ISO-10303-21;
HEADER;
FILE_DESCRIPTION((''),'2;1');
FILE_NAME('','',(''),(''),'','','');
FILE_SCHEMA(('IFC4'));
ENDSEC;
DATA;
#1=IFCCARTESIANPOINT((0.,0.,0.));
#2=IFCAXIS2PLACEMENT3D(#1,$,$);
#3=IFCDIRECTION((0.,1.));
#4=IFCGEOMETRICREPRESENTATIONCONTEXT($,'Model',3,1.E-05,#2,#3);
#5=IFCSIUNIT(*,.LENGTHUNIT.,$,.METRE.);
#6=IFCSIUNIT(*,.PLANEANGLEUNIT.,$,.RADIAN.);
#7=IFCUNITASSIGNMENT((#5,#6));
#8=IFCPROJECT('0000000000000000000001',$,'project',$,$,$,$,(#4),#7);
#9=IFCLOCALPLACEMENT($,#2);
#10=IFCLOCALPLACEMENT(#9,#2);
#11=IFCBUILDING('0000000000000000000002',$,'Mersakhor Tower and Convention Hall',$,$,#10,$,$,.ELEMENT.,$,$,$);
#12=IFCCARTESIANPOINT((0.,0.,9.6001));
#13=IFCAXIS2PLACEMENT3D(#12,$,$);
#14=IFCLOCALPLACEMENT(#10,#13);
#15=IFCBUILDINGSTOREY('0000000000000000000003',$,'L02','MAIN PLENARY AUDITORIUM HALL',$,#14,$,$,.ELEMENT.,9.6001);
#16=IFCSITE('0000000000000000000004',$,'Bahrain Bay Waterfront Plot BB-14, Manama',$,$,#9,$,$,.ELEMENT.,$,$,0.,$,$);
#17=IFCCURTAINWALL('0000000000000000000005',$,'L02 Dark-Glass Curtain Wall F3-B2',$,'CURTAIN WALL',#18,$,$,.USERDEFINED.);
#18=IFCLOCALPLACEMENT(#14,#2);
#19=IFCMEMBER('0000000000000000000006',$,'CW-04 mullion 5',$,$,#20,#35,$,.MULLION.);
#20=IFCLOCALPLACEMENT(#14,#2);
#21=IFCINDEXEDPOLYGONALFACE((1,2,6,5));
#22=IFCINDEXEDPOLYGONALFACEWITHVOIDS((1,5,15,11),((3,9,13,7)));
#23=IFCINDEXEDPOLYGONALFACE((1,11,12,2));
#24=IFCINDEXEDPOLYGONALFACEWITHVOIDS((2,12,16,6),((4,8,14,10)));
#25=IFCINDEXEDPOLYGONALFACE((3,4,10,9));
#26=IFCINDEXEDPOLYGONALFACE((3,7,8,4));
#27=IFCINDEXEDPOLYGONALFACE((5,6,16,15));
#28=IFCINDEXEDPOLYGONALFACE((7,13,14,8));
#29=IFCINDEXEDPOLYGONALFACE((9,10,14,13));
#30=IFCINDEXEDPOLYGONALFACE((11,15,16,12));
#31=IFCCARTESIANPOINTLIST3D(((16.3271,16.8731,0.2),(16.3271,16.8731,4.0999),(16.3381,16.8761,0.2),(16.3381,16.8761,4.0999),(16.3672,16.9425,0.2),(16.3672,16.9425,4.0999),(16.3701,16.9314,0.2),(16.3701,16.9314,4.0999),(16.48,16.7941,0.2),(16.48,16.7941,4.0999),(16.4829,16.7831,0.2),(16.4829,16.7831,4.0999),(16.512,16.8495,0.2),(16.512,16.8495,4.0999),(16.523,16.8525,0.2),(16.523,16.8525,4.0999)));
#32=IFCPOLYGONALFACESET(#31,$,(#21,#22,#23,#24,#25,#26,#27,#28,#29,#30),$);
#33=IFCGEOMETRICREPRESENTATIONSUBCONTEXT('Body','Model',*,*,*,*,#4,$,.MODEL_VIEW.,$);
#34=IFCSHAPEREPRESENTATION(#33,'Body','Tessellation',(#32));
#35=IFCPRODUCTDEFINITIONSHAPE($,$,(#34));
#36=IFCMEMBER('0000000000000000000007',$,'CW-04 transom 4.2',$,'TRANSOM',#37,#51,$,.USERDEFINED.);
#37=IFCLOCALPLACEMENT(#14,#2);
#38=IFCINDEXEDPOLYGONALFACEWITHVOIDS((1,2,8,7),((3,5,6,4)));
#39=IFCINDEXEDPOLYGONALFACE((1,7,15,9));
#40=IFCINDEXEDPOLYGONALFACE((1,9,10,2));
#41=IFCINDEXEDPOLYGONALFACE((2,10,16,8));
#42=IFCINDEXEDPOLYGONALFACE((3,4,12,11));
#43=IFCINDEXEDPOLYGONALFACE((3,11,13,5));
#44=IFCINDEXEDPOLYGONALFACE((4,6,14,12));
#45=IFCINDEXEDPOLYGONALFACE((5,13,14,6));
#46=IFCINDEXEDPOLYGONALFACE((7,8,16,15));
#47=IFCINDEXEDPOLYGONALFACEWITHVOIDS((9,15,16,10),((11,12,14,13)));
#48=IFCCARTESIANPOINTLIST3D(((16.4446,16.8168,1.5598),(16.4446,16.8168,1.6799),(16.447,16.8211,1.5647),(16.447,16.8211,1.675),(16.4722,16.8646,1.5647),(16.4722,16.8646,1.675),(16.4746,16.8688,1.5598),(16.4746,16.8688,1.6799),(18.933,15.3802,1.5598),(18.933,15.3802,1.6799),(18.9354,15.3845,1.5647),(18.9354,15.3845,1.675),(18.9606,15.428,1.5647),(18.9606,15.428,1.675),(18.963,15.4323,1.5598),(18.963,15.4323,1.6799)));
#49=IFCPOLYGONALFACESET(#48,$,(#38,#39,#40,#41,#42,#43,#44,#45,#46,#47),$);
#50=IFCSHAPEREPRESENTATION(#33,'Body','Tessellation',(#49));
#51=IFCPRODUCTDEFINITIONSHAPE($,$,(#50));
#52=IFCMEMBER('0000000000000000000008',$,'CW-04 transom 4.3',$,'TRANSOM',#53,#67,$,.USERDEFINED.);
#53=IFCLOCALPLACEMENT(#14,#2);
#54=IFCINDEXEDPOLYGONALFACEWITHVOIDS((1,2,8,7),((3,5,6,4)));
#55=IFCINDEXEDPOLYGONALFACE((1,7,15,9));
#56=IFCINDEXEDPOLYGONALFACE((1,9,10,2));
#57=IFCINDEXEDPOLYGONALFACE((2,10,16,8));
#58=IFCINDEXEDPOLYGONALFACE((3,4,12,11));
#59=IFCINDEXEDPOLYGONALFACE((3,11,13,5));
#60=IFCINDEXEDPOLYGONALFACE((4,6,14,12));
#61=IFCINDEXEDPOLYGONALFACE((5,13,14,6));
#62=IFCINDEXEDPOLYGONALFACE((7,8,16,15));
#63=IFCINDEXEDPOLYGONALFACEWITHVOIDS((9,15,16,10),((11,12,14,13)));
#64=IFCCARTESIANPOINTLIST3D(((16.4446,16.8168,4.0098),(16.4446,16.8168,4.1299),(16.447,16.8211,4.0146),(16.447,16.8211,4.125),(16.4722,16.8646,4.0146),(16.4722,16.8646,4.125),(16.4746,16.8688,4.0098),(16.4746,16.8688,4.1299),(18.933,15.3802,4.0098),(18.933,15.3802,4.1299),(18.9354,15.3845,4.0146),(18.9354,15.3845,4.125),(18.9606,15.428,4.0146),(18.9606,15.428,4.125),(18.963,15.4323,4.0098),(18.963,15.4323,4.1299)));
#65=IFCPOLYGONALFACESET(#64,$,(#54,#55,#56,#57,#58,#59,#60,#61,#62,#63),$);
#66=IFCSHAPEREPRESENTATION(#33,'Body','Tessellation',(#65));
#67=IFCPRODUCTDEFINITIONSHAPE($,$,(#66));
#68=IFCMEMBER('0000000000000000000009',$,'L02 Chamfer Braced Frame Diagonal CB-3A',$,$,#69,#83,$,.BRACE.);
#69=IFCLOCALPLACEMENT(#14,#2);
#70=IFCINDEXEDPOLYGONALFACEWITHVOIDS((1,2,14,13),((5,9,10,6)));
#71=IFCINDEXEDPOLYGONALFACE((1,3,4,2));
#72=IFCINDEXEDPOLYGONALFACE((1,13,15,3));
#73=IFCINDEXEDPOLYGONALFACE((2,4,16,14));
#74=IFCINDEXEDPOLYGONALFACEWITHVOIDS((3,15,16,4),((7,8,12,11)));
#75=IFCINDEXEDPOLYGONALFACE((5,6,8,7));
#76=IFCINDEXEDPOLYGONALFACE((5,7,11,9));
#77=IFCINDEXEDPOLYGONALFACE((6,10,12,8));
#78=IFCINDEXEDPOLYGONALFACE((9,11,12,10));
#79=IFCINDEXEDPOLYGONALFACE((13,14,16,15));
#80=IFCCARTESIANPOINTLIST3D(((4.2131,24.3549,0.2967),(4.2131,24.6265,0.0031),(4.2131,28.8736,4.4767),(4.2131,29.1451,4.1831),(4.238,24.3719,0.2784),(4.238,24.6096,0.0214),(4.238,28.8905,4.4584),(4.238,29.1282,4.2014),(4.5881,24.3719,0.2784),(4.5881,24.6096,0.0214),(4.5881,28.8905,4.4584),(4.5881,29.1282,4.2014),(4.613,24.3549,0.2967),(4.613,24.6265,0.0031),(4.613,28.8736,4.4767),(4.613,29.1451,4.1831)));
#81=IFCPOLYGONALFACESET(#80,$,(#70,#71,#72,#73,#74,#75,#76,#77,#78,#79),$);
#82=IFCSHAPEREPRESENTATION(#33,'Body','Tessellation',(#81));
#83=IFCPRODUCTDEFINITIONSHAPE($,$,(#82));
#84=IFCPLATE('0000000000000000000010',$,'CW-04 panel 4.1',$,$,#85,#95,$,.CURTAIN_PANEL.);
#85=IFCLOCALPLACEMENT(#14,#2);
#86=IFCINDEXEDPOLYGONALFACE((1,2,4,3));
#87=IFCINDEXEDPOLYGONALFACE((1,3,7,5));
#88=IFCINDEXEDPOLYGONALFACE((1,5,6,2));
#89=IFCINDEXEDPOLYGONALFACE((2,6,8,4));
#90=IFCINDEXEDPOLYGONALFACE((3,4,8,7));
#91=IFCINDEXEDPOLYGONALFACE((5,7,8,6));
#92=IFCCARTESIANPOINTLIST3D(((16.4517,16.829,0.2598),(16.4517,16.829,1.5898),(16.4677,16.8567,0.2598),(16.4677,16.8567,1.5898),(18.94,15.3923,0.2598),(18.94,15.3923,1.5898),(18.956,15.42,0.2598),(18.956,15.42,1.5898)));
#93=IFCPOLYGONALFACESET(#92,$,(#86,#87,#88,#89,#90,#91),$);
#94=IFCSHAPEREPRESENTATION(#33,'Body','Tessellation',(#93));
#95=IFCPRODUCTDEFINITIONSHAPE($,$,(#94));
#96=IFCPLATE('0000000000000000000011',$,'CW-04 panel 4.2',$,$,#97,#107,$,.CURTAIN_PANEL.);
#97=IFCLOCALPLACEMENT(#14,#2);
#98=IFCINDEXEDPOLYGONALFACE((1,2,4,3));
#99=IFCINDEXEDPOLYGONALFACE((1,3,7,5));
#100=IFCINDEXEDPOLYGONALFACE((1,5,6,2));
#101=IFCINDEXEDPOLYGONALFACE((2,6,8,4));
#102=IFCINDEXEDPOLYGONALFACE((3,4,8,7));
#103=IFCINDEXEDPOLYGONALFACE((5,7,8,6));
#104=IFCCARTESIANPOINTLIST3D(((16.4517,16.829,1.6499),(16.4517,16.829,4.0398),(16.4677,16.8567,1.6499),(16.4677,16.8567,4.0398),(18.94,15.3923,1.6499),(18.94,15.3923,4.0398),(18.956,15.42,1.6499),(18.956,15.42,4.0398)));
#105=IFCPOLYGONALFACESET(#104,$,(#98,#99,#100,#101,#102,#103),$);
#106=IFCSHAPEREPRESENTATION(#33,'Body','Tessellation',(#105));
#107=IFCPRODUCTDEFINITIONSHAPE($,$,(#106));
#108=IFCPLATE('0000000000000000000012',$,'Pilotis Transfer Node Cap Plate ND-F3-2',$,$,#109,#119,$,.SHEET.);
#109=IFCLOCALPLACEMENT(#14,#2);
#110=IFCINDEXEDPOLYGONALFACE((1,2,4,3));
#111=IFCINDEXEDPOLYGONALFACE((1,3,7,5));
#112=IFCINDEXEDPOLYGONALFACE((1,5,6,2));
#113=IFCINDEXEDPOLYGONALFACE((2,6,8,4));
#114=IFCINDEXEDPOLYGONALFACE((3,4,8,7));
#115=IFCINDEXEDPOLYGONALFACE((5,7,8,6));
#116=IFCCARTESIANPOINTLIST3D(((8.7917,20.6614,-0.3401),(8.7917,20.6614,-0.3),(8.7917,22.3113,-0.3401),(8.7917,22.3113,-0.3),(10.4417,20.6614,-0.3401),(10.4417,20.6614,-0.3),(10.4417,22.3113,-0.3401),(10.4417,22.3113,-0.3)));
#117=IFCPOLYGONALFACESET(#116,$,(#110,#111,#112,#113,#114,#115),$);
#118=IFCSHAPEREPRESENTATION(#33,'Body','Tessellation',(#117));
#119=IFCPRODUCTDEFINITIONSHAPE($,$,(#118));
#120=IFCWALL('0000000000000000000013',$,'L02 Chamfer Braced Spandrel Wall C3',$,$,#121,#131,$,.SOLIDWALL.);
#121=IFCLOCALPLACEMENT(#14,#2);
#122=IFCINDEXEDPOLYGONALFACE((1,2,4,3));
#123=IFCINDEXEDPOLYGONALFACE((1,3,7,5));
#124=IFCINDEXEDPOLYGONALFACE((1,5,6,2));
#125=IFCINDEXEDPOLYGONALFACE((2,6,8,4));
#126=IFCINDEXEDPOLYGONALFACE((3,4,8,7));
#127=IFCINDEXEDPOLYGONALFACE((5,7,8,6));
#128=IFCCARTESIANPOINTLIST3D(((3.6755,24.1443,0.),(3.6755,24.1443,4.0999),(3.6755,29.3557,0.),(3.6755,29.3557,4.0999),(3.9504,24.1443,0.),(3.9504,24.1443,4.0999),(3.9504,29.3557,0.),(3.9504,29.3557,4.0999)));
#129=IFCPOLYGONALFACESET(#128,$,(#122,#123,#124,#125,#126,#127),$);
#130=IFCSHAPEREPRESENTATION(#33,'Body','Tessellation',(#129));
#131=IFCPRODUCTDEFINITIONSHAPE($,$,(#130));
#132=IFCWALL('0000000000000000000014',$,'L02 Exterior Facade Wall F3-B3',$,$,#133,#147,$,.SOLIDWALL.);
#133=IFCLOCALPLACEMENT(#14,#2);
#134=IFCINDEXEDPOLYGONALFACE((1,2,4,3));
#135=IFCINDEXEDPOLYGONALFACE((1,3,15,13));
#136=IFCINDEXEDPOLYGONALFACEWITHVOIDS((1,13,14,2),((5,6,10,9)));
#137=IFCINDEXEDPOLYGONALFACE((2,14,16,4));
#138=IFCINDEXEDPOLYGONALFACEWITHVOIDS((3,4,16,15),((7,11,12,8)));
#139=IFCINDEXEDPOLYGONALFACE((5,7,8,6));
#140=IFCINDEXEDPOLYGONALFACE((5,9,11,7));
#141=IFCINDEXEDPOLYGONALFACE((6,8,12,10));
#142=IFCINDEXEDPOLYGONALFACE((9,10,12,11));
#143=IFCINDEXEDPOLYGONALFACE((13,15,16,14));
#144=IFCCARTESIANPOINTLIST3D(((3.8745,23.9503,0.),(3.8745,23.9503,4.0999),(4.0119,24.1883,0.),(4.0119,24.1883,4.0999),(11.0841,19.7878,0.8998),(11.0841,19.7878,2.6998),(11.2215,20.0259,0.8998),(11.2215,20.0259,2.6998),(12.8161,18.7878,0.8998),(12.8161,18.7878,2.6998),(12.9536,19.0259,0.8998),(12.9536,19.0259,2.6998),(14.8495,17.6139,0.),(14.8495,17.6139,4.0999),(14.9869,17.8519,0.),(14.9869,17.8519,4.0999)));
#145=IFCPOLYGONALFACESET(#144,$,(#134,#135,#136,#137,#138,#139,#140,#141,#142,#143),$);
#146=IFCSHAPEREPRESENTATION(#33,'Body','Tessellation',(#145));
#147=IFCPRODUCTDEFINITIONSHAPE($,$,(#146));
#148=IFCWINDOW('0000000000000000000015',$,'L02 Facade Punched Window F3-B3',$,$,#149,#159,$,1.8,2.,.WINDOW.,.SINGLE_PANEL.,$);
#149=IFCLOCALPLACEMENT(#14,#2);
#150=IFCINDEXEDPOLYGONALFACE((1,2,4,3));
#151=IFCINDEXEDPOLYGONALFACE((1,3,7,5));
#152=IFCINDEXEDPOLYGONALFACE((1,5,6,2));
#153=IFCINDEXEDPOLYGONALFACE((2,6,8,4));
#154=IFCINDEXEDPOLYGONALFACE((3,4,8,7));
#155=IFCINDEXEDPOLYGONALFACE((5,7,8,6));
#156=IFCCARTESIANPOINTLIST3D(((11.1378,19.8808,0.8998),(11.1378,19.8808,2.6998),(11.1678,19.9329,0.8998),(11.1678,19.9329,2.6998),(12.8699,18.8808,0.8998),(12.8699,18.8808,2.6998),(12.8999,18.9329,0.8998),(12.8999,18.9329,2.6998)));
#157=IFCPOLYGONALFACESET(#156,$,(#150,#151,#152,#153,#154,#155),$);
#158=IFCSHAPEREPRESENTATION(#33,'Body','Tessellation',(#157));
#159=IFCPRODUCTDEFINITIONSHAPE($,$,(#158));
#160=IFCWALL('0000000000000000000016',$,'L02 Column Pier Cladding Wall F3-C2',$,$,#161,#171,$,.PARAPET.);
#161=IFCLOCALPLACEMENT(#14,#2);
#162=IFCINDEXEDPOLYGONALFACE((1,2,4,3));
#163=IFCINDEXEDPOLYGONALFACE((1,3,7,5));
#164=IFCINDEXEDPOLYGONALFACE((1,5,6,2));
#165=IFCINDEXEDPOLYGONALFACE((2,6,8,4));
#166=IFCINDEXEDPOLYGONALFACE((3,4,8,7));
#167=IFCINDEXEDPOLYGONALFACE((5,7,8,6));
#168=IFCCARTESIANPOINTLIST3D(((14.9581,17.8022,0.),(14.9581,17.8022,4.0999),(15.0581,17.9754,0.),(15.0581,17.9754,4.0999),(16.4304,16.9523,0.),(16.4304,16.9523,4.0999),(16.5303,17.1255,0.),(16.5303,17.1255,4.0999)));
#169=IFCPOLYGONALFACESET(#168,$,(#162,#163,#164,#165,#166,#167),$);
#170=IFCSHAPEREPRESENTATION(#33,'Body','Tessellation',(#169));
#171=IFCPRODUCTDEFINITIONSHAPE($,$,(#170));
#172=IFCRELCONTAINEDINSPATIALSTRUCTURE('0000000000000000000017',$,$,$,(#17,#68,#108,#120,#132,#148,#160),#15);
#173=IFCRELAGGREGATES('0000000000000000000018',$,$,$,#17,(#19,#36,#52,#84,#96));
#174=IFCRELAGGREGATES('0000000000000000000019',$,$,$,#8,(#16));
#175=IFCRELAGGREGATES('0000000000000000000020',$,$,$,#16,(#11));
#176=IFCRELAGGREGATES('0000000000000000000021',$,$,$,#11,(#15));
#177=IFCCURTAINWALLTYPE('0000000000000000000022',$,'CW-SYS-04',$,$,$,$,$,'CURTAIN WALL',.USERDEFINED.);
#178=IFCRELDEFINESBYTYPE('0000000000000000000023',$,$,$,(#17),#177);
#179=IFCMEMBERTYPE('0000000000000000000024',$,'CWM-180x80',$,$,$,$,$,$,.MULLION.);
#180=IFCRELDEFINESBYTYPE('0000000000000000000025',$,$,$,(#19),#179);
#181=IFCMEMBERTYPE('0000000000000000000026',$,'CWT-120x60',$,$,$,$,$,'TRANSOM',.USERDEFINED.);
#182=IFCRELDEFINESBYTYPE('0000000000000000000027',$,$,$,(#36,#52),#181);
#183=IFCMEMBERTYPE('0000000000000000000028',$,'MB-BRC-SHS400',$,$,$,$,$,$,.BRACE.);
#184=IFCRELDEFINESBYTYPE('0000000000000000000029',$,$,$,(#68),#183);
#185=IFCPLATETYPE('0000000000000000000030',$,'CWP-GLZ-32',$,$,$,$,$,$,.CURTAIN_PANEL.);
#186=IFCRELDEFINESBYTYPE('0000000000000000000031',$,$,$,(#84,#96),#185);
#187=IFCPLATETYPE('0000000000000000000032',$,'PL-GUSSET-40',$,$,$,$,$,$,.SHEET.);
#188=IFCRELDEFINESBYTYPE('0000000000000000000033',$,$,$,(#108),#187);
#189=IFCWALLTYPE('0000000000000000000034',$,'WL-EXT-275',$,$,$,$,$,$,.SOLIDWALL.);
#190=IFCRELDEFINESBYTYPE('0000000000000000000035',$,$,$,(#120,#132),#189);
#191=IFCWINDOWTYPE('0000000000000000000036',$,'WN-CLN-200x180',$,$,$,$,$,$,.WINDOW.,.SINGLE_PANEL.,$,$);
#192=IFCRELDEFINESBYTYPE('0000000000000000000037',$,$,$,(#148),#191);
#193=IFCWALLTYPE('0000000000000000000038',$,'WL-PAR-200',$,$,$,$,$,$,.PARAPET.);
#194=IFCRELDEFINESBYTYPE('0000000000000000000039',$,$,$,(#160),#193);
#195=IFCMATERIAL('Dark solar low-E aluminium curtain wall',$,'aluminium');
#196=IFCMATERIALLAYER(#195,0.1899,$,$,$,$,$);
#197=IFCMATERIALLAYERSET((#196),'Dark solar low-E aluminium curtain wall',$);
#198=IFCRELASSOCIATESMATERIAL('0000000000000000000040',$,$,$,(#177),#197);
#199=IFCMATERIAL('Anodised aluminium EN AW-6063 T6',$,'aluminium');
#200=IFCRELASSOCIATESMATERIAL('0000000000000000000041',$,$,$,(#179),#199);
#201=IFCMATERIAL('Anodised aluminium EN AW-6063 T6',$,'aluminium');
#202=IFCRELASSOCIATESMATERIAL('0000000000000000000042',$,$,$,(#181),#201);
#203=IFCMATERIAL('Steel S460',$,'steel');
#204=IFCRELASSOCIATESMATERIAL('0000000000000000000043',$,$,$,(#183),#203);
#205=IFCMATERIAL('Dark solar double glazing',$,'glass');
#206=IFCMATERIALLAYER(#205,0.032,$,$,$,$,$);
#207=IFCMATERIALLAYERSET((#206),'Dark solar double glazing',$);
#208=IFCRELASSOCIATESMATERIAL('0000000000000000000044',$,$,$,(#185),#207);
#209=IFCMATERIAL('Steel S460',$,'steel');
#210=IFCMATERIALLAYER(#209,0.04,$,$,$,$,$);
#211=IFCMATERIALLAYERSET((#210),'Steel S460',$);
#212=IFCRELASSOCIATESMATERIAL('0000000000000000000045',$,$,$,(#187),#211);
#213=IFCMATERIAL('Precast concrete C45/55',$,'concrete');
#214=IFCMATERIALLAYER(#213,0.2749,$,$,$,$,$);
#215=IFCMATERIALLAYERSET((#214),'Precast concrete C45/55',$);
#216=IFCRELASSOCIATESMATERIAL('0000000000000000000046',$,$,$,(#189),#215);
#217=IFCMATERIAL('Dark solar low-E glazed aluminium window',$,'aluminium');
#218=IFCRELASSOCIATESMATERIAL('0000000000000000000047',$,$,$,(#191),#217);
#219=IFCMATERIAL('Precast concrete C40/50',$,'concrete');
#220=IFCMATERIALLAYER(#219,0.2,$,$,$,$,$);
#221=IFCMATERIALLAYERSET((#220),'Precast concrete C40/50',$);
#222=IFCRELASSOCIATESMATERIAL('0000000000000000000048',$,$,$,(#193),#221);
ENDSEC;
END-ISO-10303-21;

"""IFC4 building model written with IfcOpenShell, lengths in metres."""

from ifc_helpers import new_model, si_unit, direction, frame, frame_2d, origin, origin_2d, place, context, subcontext, project, spatial, rectangle, hollow_rectangle, extrude, material, layer, layer_set, material_profile, profile_set, type_object, element, fill, aggregate, save


model = new_model("IFC4")

# Units and contexts
model_context = context("Model", 3, precision=1e-05, world=origin(), true_north=direction((0.0, 1.0)))
body_context = subcontext(model_context, "Body", "Model", "MODEL_VIEW")
ifc_project = project(units=[si_unit("LENGTHUNIT", "METRE"), si_unit("PLANEANGLEUNIT", "RADIAN")], contexts=[model_context])

# Site, building, storey
site_placement = place(None, origin())
site = spatial("IfcSite", under=ifc_project, at=site_placement, Name="Bahrain Bay Waterfront Plot BB-14, Manama", CompositionType="ELEMENT", RefElevation=0.0)
building_placement = place(site_placement, origin())
building = spatial("IfcBuilding", under=site, at=building_placement, Name="Mersakhor Tower and Convention Hall", CompositionType="ELEMENT")
storey_placement = place(building_placement, frame((0.0, 0.0, 9.6001)))
storey = spatial("IfcBuildingStorey", under=building, at=storey_placement, Name="L02", Description="MAIN PLENARY AUDITORIUM HALL", CompositionType="ELEMENT", Elevation=9.6001)

# Curtain wall, members
ifc_material_1 = material(Name="Dark solar low-E aluminium curtain wall", Category="aluminium")
ifc_layer_1 = layer(ifc_material_1, 0.1899)
ifc_layer_set_1 = layer_set([ifc_layer_1], Name="Dark solar low-E aluminium curtain wall")
curtain_wall_type = type_object("IfcCurtainWallType", Name="CW-SYS-04", ElementType="CURTAIN WALL", PredefinedType="USERDEFINED", material=ifc_layer_set_1)
curtain_wall_placement = place(storey_placement, origin())
curtain_wall = element("IfcCurtainWall", 1, at=curtain_wall_placement, inside=storey, type_object=curtain_wall_type, Name="L02 Dark-Glass Curtain Wall F3-B2", ObjectType="CURTAIN WALL", PredefinedType="USERDEFINED")
ifc_material_2 = material(Name="Anodised aluminium EN AW-6063 T6", Category="aluminium")
ifc_material_profile_1 = material_profile(ifc_material_2, hollow_rectangle(XDim=0.0801, YDim=0.1799, WallThickness=0.0081, at=origin_2d()), Name="RHS 180x80x8")
ifc_profile_set_1 = profile_set([ifc_material_profile_1], Name="Anodised aluminium EN AW-6063 T6")
member_type_1 = type_object("IfcMemberType", Name="CWM-180x80", PredefinedType="MULLION", material=ifc_profile_set_1)
member_1_placement = place(storey_placement, frame((16.425, 16.8628, 0.2), z_axis=(0.0, 0.0, 1.0), x_axis=(-0.500003, -0.866023, 0.0)))
member_1 = element("IfcMember", 2, at=member_1_placement, type_object=member_type_1, Name="CW-04 mullion 5", PredefinedType="MULLION", context=body_context, shape_type="SweptSolid", body=[
    extrude(hollow_rectangle(XDim=0.0801, YDim=0.1799, WallThickness=0.0081, at=origin_2d()), origin(), (0.0, 0.0, 1.0), 3.8999),
])
ifc_material_3 = material(Name="Anodised aluminium EN AW-6063 T6", Category="aluminium")
ifc_material_profile_2 = material_profile(ifc_material_3, hollow_rectangle(XDim=0.0601, YDim=0.1201, WallThickness=0.0049, at=origin_2d()), Name="RHS 120x60x5")
ifc_profile_set_2 = profile_set([ifc_material_profile_2], Name="Anodised aluminium EN AW-6063 T6")
member_type_2 = type_object("IfcMemberType", Name="CWT-120x60", ElementType="TRANSOM", PredefinedType="USERDEFINED", material=ifc_profile_set_2)
member_2_placement = place(storey_placement, frame((18.948, 15.4062, 1.6199), z_axis=(-0.866038, 0.499977, 0.0), x_axis=(-0.499977, -0.866038, 0.0)))
member_2 = element("IfcMember", 3, at=member_2_placement, type_object=member_type_2, Name="CW-04 transom 4.2", ObjectType="TRANSOM", PredefinedType="USERDEFINED", context=body_context, shape_type="SweptSolid", body=[
    extrude(hollow_rectangle(XDim=0.0601, YDim=0.1201, WallThickness=0.0049, at=origin_2d()), origin(), (0.0, 0.0, 1.0), 2.8733),
])
member_3_placement = place(storey_placement, frame((18.948, 15.4062, 4.0698), z_axis=(-0.866038, 0.499977, 0.0), x_axis=(-0.499977, -0.866038, 0.0)))
member_3 = element("IfcMember", 4, at=member_3_placement, type_object=member_type_2, Name="CW-04 transom 4.3", ObjectType="TRANSOM", PredefinedType="USERDEFINED", context=body_context, shape_type="SweptSolid", body=[
    extrude(hollow_rectangle(XDim=0.0601, YDim=0.1201, WallThickness=0.0049, at=origin_2d()), origin(), (0.0, 0.0, 1.0), 2.8733),
])

# Member
ifc_material_4 = material(Name="Steel S460", Category="steel")
ifc_material_profile_3 = material_profile(ifc_material_4, hollow_rectangle(XDim=0.3999, YDim=0.3999, WallThickness=0.0249, at=origin_2d()), Name="SHS 400x400x25")
ifc_profile_set_3 = profile_set([ifc_material_profile_3], Name="Steel S460")
member_type_3 = type_object("IfcMemberType", Name="MB-BRC-SHS400", PredefinedType="BRACE", material=ifc_profile_set_3)
member_4_placement = place(storey_placement, frame((4.4131, 24.4907, 0.1499), z_axis=(0.0, 0.734078, 0.679065), x_axis=(-1.0, 0.0, 0.0)))
element("IfcMember", 5, at=member_4_placement, inside=storey, type_object=member_type_3, Name="L02 Chamfer Braced Frame Diagonal CB-3A", PredefinedType="BRACE", context=body_context, shape_type="SweptSolid", body=[
    extrude(hollow_rectangle(XDim=0.3999, YDim=0.3999, WallThickness=0.0249, at=origin_2d()), origin(), (0.0, 0.0, 1.0), 6.1555),
])

# Plates
ifc_material_5 = material(Name="Dark solar double glazing", Category="glass")
ifc_layer_2 = layer(ifc_material_5, 0.032)
ifc_layer_set_2 = layer_set([ifc_layer_2], Name="Dark solar double glazing")
plate_type_1 = type_object("IfcPlateType", Name="CWP-GLZ-32", PredefinedType="CURTAIN_PANEL", material=ifc_layer_set_2)
plate_1_placement = place(storey_placement, frame((17.7039, 16.1245, 0.2598), z_axis=(0.0, 0.0, 1.0), x_axis=(-0.866023, 0.500003, 0.0)))
plate_1 = element("IfcPlate", 6, at=plate_1_placement, type_object=plate_type_1, Name="CW-04 panel 4.1", PredefinedType="CURTAIN_PANEL", context=body_context, shape_type="SweptSolid", body=[
    extrude(rectangle(XDim=2.8733, YDim=0.032, at=origin_2d()), origin(), (0.0, 0.0, 1.0), 1.3301),
])
plate_2_placement = place(storey_placement, frame((17.7039, 16.1245, 1.6499), z_axis=(0.0, 0.0, 1.0), x_axis=(-0.866023, 0.500003, 0.0)))
plate_2 = element("IfcPlate", 7, at=plate_2_placement, type_object=plate_type_1, Name="CW-04 panel 4.2", PredefinedType="CURTAIN_PANEL", context=body_context, shape_type="SweptSolid", body=[
    extrude(rectangle(XDim=2.8733, YDim=0.032, at=origin_2d()), origin(), (0.0, 0.0, 1.0), 2.3899),
])
aggregate(curtain_wall, [member_1, member_2, member_3, plate_1, plate_2])
ifc_material_6 = material(Name="Steel S460", Category="steel")
ifc_layer_3 = layer(ifc_material_6, 0.04)
ifc_layer_set_3 = layer_set([ifc_layer_3], Name="Steel S460")
plate_type_2 = type_object("IfcPlateType", Name="PL-GUSSET-40", PredefinedType="SHEET", material=ifc_layer_set_3)
plate_3_placement = place(storey_placement, frame((9.6167, 21.4863, -0.3401), z_axis=(0.0, 0.0, 1.0), x_axis=(1.0, 0.0, 0.0)))
element("IfcPlate", 8, at=plate_3_placement, inside=storey, type_object=plate_type_2, Name="Pilotis Transfer Node Cap Plate ND-F3-2", PredefinedType="SHEET", context=body_context, shape_type="SweptSolid", body=[
    extrude(rectangle(XDim=1.6499, YDim=1.6499, at=origin_2d()), origin(), (0.0, 0.0, 1.0), 0.04),
])

# Wall
ifc_material_7 = material(Name="Precast concrete C45/55", Category="concrete")
ifc_layer_4 = layer(ifc_material_7, 0.2749)
ifc_layer_set_4 = layer_set([ifc_layer_4], Name="Precast concrete C45/55")
wall_type_1 = type_object("IfcWallType", Name="WL-EXT-275", PredefinedType="SOLIDWALL", material=ifc_layer_set_4)
wall_1_placement = place(storey_placement, frame((3.813, 24.1443, 0.0), z_axis=(0.0, 0.0, 1.0), x_axis=(0.0, 1.0, 0.0)))
element("IfcWall", 9, at=wall_1_placement, inside=storey, type_object=wall_type_1, Name="L02 Chamfer Braced Spandrel Wall C3", PredefinedType="SOLIDWALL", context=body_context, shape_type="SweptSolid", body=[
    extrude(rectangle(XDim=5.2114, YDim=0.2749, at=frame_2d((2.6057, 0.0))), origin(), (0.0, 0.0, 1.0), 4.0999),
])

# Wall, opening, window
wall_2_placement = place(storey_placement, frame((14.9182, 17.7329, 0.0), z_axis=(0.0, 0.0, 1.0), x_axis=(-0.866027, 0.499997, 0.0)))
wall_2 = element("IfcWall", 10, at=wall_2_placement, inside=storey, type_object=wall_type_1, Name="L02 Exterior Facade Wall F3-B3", PredefinedType="SOLIDWALL", context=body_context, shape_type="SweptSolid", body=[
    extrude(rectangle(XDim=12.6729, YDim=0.2749, at=frame_2d((6.3364, 0.0))), origin(), (0.0, 0.0, 1.0), 4.0999),
])
opening_1_placement = place(wall_2_placement, frame((2.3479, 0.0, 0.8999)))
opening_1 = element("IfcOpeningElement", 11, at=opening_1_placement, cuts=wall_2, PredefinedType="OPENING", context=body_context, shape_type="SweptSolid", body=[
    extrude(rectangle(XDim=2.0, YDim=1.8, at=frame_2d((1.0, 0.8999))), frame((0.0, 0.1475, 0.0), z_axis=(0.0, -1.0, 0.0), x_axis=(1.0, 0.0, 0.0)), (0.0, 0.0, 1.0), 0.2949),
])
ifc_material_8 = material(Name="Dark solar low-E glazed aluminium window", Category="aluminium")
window_type = type_object("IfcWindowType", Name="WN-CLN-200x180", PartitioningType="SINGLE_PANEL", PredefinedType="WINDOW", material=ifc_material_8)
window_placement = place(opening_1_placement, origin())
window = element("IfcWindow", 12, at=window_placement, inside=storey, type_object=window_type, Name="L02 Facade Punched Window F3-B3", OverallHeight=1.8, OverallWidth=2.0, PartitioningType="SINGLE_PANEL", PredefinedType="WINDOW", context=body_context, shape_type="SweptSolid", body=[
    extrude(rectangle(XDim=2.0, YDim=1.8, at=frame_2d((1.0, 0.8999))), frame((0.0, 0.03, 0.0), z_axis=(0.0, -1.0, 0.0), x_axis=(1.0, 0.0, 0.0)), (0.0, 0.0, 1.0), 0.0601),
])
fill(opening_1, window)

# Wall
ifc_material_9 = material(Name="Precast concrete C40/50", Category="concrete")
ifc_layer_5 = layer(ifc_material_9, 0.2)
ifc_layer_set_5 = layer_set([ifc_layer_5], Name="Precast concrete C40/50")
wall_type_2 = type_object("IfcWallType", Name="WL-PAR-200", PredefinedType="PARAPET", material=ifc_layer_set_5)
wall_3_placement = place(storey_placement, frame((16.4805, 17.0388, 0.0), z_axis=(0.0, 0.0, 1.0), x_axis=(-0.866052, 0.499955, 0.0)))
element("IfcWall", 13, at=wall_3_placement, inside=storey, type_object=wall_type_2, Name="L02 Column Pier Cladding Wall F3-C2", PredefinedType="PARAPET", context=body_context, shape_type="SweptSolid", body=[
    extrude(rectangle(XDim=1.7, YDim=0.2, at=frame_2d((0.8501, 0.0))), origin(), (0.0, 0.0, 1.0), 4.0999),
])

save(model, "model.ifc")
